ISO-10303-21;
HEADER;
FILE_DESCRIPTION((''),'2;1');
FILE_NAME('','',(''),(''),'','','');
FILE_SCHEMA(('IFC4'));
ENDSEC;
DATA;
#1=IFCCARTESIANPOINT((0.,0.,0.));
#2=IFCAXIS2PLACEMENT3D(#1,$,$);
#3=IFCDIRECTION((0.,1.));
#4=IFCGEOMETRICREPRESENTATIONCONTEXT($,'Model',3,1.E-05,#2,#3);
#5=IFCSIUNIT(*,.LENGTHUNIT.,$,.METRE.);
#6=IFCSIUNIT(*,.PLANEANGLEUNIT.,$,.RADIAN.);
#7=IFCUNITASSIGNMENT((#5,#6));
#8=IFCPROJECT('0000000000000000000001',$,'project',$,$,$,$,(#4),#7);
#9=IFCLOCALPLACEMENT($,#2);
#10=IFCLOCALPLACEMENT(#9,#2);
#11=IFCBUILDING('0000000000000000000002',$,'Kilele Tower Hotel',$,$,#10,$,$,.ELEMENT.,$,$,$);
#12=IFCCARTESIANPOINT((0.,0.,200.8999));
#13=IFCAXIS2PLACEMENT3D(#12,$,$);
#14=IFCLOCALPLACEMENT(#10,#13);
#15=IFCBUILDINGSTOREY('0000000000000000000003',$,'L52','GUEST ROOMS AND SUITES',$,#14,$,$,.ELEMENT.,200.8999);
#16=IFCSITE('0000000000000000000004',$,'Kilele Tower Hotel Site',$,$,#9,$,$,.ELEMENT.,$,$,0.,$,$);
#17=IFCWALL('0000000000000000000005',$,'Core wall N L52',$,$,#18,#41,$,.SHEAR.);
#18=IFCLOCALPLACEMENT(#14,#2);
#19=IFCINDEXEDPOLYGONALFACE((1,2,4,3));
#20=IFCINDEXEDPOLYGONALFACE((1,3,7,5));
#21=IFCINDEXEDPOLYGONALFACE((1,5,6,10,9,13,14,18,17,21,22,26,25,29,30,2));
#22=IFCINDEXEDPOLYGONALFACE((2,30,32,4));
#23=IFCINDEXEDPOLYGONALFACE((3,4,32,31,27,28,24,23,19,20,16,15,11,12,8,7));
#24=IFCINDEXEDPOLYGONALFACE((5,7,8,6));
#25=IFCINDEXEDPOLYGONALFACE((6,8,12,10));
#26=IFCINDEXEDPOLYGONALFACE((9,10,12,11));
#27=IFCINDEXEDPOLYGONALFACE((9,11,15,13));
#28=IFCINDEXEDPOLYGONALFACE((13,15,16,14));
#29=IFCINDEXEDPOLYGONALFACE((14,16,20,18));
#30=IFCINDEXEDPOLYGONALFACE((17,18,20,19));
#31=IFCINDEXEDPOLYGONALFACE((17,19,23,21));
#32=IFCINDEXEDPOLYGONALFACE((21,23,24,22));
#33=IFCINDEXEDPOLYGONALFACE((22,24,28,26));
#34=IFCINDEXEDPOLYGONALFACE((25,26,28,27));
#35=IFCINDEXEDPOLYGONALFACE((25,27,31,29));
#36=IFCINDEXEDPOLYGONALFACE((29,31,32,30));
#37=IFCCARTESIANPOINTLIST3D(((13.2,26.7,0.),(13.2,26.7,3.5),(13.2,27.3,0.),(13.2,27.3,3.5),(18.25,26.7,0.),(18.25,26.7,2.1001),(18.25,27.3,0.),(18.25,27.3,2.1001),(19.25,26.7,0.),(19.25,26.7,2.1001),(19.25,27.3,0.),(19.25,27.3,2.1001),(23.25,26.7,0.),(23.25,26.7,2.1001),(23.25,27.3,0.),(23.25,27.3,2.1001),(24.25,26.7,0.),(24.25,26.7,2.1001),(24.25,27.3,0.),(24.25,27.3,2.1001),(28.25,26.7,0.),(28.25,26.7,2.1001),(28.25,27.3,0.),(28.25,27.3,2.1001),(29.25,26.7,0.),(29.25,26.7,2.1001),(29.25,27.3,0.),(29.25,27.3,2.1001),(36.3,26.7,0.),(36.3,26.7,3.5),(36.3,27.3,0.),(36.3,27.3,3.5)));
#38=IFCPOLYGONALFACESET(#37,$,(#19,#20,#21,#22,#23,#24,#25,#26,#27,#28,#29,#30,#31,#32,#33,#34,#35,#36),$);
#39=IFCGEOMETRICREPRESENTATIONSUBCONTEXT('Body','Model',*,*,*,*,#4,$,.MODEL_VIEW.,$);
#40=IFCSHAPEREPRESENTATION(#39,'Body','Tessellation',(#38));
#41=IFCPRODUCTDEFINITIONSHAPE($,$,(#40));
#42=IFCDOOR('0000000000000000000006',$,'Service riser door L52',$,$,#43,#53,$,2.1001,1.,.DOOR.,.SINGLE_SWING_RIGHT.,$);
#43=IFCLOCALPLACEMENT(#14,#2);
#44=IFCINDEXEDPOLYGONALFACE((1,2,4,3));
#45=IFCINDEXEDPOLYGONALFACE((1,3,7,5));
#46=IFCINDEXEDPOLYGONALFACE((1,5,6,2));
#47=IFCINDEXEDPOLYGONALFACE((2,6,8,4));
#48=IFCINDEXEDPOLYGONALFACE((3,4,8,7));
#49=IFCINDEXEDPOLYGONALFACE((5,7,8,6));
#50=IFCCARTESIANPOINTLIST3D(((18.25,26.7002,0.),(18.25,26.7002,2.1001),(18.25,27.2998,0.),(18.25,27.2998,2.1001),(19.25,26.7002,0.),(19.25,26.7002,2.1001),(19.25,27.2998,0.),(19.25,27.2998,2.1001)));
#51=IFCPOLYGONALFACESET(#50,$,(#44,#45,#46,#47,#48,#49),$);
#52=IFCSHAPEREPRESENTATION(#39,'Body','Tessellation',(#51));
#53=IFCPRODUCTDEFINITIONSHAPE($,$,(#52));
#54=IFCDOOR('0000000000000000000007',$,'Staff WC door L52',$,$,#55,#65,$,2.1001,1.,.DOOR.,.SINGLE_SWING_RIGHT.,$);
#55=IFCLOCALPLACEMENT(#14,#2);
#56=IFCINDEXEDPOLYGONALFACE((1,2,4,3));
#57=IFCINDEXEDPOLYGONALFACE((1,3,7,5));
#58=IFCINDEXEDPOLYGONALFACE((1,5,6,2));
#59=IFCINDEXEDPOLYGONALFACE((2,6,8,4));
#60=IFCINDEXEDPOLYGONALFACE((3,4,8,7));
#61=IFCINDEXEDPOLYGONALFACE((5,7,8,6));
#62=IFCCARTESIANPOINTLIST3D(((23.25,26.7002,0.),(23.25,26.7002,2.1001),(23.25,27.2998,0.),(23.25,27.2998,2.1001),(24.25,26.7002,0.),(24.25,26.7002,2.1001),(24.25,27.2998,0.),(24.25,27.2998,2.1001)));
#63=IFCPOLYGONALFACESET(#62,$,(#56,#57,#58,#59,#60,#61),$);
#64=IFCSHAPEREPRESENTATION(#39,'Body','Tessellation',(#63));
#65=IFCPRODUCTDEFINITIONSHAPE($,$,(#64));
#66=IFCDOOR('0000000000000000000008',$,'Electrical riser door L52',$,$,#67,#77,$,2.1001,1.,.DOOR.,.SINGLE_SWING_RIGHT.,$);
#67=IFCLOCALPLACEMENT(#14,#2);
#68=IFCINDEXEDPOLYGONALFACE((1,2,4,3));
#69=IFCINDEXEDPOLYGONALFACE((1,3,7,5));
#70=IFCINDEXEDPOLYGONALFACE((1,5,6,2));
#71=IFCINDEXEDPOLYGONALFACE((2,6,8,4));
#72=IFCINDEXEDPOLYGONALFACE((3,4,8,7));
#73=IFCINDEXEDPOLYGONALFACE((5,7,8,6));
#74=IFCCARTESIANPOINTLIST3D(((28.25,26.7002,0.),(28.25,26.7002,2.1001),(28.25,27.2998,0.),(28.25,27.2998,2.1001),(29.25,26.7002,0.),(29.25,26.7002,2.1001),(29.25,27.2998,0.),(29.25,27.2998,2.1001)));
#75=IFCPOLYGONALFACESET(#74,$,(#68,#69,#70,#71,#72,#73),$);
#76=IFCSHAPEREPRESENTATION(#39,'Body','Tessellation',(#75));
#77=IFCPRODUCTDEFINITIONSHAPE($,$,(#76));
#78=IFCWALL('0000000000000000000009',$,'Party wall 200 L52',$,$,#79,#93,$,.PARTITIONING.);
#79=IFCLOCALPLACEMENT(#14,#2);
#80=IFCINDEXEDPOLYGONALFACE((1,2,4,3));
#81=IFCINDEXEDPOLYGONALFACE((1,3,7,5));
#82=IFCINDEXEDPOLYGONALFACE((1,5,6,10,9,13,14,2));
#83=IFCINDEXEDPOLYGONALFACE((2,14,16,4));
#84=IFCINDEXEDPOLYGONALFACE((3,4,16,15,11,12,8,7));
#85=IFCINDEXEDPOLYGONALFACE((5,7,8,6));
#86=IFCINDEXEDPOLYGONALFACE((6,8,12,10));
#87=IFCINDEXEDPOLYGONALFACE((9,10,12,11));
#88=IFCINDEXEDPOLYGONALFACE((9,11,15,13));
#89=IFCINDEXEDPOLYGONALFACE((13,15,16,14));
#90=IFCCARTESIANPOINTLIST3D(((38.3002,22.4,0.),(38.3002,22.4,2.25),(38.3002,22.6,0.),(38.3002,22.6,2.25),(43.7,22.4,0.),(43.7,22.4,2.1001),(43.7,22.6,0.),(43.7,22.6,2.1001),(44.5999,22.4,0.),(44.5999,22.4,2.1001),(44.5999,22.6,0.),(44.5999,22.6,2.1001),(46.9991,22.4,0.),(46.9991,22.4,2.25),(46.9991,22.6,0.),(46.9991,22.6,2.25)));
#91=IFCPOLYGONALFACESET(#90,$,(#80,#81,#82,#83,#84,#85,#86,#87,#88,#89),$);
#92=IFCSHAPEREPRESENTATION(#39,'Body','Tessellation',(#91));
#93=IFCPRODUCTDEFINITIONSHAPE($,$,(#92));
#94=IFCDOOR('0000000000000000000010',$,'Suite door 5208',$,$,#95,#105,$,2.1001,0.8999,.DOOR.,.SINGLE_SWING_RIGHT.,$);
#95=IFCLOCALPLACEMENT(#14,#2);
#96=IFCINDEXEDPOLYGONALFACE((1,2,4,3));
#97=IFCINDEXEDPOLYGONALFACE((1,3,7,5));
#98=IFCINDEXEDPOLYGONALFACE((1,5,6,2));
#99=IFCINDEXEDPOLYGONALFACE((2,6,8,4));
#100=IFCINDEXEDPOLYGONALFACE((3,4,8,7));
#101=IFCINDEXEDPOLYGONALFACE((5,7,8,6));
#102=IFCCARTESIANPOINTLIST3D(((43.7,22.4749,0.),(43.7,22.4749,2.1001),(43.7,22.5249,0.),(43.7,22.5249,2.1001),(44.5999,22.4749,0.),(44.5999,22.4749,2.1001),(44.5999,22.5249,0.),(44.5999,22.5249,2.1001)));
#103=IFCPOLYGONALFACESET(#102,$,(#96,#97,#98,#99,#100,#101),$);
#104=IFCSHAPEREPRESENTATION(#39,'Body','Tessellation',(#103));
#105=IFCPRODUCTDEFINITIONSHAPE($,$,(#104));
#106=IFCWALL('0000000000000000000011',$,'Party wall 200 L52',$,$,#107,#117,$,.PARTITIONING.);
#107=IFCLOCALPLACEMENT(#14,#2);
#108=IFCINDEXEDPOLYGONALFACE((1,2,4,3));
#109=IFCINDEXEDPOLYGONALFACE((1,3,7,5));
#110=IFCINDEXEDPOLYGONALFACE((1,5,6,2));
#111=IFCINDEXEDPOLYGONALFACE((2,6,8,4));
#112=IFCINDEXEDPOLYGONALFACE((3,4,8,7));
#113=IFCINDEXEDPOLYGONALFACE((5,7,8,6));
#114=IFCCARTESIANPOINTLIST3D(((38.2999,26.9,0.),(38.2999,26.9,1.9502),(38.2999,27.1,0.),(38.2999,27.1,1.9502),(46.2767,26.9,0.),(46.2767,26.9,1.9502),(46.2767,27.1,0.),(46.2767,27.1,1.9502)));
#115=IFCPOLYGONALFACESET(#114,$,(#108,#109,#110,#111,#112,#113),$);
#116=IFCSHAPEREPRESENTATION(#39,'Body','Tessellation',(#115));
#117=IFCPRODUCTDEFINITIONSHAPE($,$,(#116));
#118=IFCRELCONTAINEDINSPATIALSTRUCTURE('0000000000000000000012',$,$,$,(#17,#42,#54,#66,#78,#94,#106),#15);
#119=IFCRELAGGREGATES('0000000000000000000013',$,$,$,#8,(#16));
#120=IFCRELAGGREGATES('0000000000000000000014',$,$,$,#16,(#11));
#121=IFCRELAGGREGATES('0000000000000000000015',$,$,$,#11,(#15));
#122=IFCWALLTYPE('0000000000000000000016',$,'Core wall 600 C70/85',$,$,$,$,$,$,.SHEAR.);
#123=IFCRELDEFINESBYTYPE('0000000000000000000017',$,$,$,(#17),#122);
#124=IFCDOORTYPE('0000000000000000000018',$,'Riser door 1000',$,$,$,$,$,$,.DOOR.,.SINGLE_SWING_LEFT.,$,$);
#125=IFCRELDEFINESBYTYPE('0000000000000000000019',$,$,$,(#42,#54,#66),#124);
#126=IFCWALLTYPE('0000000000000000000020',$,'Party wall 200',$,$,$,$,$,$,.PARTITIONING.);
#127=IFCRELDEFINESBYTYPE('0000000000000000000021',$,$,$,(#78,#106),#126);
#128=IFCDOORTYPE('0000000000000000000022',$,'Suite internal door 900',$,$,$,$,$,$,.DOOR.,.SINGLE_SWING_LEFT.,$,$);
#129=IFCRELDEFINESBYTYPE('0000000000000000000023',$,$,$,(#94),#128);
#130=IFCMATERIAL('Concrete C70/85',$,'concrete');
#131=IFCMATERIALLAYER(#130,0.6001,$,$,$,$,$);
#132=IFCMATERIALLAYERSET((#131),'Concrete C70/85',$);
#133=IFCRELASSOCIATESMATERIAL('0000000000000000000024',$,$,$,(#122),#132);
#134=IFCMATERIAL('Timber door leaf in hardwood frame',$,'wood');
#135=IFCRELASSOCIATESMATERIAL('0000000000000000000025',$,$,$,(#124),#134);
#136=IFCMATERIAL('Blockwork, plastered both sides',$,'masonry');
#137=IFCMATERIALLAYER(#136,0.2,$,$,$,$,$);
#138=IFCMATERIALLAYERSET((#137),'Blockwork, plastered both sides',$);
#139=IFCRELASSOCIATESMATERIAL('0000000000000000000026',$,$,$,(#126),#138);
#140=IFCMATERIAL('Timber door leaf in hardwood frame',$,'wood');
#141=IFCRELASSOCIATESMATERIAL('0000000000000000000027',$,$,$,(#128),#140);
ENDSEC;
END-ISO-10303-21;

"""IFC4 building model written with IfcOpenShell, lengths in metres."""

from ifc_helpers import new_model, si_unit, direction, frame, frame_2d, origin, place, context, subcontext, project, spatial, rectangle, extrude, material, layer, layer_set, type_object, element, fill, save


model = new_model("IFC4")

# Units and contexts
model_context = context("Model", 3, precision=1e-05, world=origin(), true_north=direction((0.0, 1.0)))
body_context = subcontext(model_context, "Body", "Model", "MODEL_VIEW")
ifc_project = project(units=[si_unit("LENGTHUNIT", "METRE"), si_unit("PLANEANGLEUNIT", "RADIAN")], contexts=[model_context])

# Site, building, storey
site_placement = place(None, origin())
site = spatial("IfcSite", under=ifc_project, at=site_placement, Name="Kilele Tower Hotel Site", CompositionType="ELEMENT", RefElevation=0.0)
building_placement = place(site_placement, origin())
building = spatial("IfcBuilding", under=site, at=building_placement, Name="Kilele Tower Hotel", CompositionType="ELEMENT")
storey_placement = place(building_placement, frame((0.0, 0.0, 200.8999)))
storey = spatial("IfcBuildingStorey", under=building, at=storey_placement, Name="L52", Description="GUEST ROOMS AND SUITES", CompositionType="ELEMENT", Elevation=200.8999)

# Wall, openings, doors
ifc_material_1 = material(Name="Concrete C70/85", Category="concrete")
ifc_layer_1 = layer(ifc_material_1, 0.6001)
ifc_layer_set_1 = layer_set([ifc_layer_1], Name="Concrete C70/85")
wall_type_1 = type_object("IfcWallType", Name="Core wall 600 C70/85", PredefinedType="SHEAR", material=ifc_layer_set_1)
wall_1_placement = place(storey_placement, frame((36.3, 27.0, 0.0), z_axis=(0.0, 0.0, 1.0), x_axis=(-1.0, 0.0, 0.0)))
wall_1 = element("IfcWall", 1, at=wall_1_placement, inside=storey, type_object=wall_type_1, Name="Core wall N L52", PredefinedType="SHEAR", context=body_context, shape_type="SweptSolid", body=[
    extrude(rectangle(XDim=23.1001, YDim=0.6001, at=frame_2d((11.55, 0.0))), origin(), (0.0, 0.0, 1.0), 3.5),
])
opening_1_placement = place(wall_1_placement, frame((17.05, 0.0, 0.0)))
opening_1 = element("IfcOpeningElement", 2, at=opening_1_placement, cuts=wall_1, PredefinedType="OPENING", context=body_context, shape_type="SweptSolid", body=[
    extrude(rectangle(XDim=1.0, YDim=2.1001, at=frame_2d((0.5, 1.05))), frame((0.0, 0.3101, 0.0), z_axis=(0.0, -1.0, 0.0), x_axis=(1.0, 0.0, 0.0)), (0.0, 0.0, 1.0), 0.6201),
])
opening_2_placement = place(wall_1_placement, frame((12.05, 0.0, 0.0)))
opening_2 = element("IfcOpeningElement", 3, at=opening_2_placement, cuts=wall_1, PredefinedType="OPENING", context=body_context, shape_type="SweptSolid", body=[
    extrude(rectangle(XDim=1.0, YDim=2.1001, at=frame_2d((0.5, 1.05))), frame((0.0, 0.3101, 0.0), z_axis=(0.0, -1.0, 0.0), x_axis=(1.0, 0.0, 0.0)), (0.0, 0.0, 1.0), 0.6201),
])
opening_3_placement = place(wall_1_placement, frame((7.05, 0.0, 0.0)))
opening_3 = element("IfcOpeningElement", 4, at=opening_3_placement, cuts=wall_1, PredefinedType="OPENING", context=body_context, shape_type="SweptSolid", body=[
    extrude(rectangle(XDim=1.0, YDim=2.1001, at=frame_2d((0.5, 1.05))), frame((0.0, 0.3101, 0.0), z_axis=(0.0, -1.0, 0.0), x_axis=(1.0, 0.0, 0.0)), (0.0, 0.0, 1.0), 0.6201),
])
ifc_material_2 = material(Name="Timber door leaf in hardwood frame", Category="wood")
door_type_1 = type_object("IfcDoorType", Name="Riser door 1000", OperationType="SINGLE_SWING_LEFT", PredefinedType="DOOR", material=ifc_material_2)
door_1_placement = place(opening_1_placement, origin())
door_1 = element("IfcDoor", 5, at=door_1_placement, inside=storey, type_object=door_type_1, Name="Service riser door L52", OperationType="SINGLE_SWING_RIGHT", OverallHeight=2.1001, OverallWidth=1.0, PredefinedType="DOOR", context=body_context, shape_type="SweptSolid", body=[
    extrude(rectangle(XDim=1.0, YDim=2.1001, at=frame_2d((0.5, 1.05))), frame((0.0, 0.2998, 0.0), z_axis=(0.0, -1.0, 0.0), x_axis=(1.0, 0.0, 0.0)), (0.0, 0.0, 1.0), 0.5996),
])
fill(opening_1, door_1)
door_2_placement = place(opening_2_placement, origin())
door_2 = element("IfcDoor", 6, at=door_2_placement, inside=storey, type_object=door_type_1, Name="Staff WC door L52", OperationType="SINGLE_SWING_RIGHT", OverallHeight=2.1001, OverallWidth=1.0, PredefinedType="DOOR", context=body_context, shape_type="SweptSolid", body=[
    extrude(rectangle(XDim=1.0, YDim=2.1001, at=frame_2d((0.5, 1.05))), frame((0.0, 0.2998, 0.0), z_axis=(0.0, -1.0, 0.0), x_axis=(1.0, 0.0, 0.0)), (0.0, 0.0, 1.0), 0.5996),
])
fill(opening_2, door_2)
door_3_placement = place(opening_3_placement, origin())
door_3 = element("IfcDoor", 7, at=door_3_placement, inside=storey, type_object=door_type_1, Name="Electrical riser door L52", OperationType="SINGLE_SWING_RIGHT", OverallHeight=2.1001, OverallWidth=1.0, PredefinedType="DOOR", context=body_context, shape_type="SweptSolid", body=[
    extrude(rectangle(XDim=1.0, YDim=2.1001, at=frame_2d((0.5, 1.05))), frame((0.0, 0.2998, 0.0), z_axis=(0.0, -1.0, 0.0), x_axis=(1.0, 0.0, 0.0)), (0.0, 0.0, 1.0), 0.5996),
])
fill(opening_3, door_3)

# Wall, opening, door
ifc_material_3 = material(Name="Blockwork, plastered both sides", Category="masonry")
ifc_layer_2 = layer(ifc_material_3, 0.2)
ifc_layer_set_2 = layer_set([ifc_layer_2], Name="Blockwork, plastered both sides")
wall_type_2 = type_object("IfcWallType", Name="Party wall 200", PredefinedType="PARTITIONING", material=ifc_layer_set_2)
wall_2_placement = place(storey_placement, frame((38.3, 22.5, 0.0), z_axis=(0.0, 0.0, 1.0), x_axis=(1.0, 0.0, 0.0)))
wall_2 = element("IfcWall", 8, at=wall_2_placement, inside=storey, type_object=wall_type_2, Name="Party wall 200 L52", PredefinedType="PARTITIONING", context=body_context, shape_type="SweptSolid", body=[
    extrude(rectangle(XDim=8.699, YDim=0.2, at=frame_2d((4.3496, 0.0))), origin(), (0.0, 0.0, 1.0), 2.25),
])
opening_4_placement = place(wall_2_placement, frame((5.3999, 0.0, 0.0)))
opening_4 = element("IfcOpeningElement", 9, at=opening_4_placement, cuts=wall_2, PredefinedType="OPENING", context=body_context, shape_type="SweptSolid", body=[
    extrude(rectangle(XDim=0.8999, YDim=2.1001, at=frame_2d((0.45, 1.05))), frame((0.0, 0.1099, 0.0), z_axis=(0.0, -1.0, 0.0), x_axis=(1.0, 0.0, 0.0)), (0.0, 0.0, 1.0), 0.22),
])
ifc_material_4 = material(Name="Timber door leaf in hardwood frame", Category="wood")
door_type_2 = type_object("IfcDoorType", Name="Suite internal door 900", OperationType="SINGLE_SWING_LEFT", PredefinedType="DOOR", material=ifc_material_4)
door_4_placement = place(opening_4_placement, origin())
door_4 = element("IfcDoor", 10, at=door_4_placement, inside=storey, type_object=door_type_2, Name="Suite door 5208", OperationType="SINGLE_SWING_RIGHT", OverallHeight=2.1001, OverallWidth=0.8999, PredefinedType="DOOR", context=body_context, shape_type="SweptSolid", body=[
    extrude(rectangle(XDim=0.8999, YDim=2.1001, at=frame_2d((0.45, 1.05))), frame((0.0, 0.0249, 0.0), z_axis=(0.0, -1.0, 0.0), x_axis=(1.0, 0.0, 0.0)), (0.0, 0.0, 1.0), 0.05),
])
fill(opening_4, door_4)

# Wall
wall_3_placement = place(storey_placement, frame((38.3, 27.0, 0.0), z_axis=(0.0, 0.0, 1.0), x_axis=(1.0, 0.0, 0.0)))
element("IfcWall", 11, at=wall_3_placement, inside=storey, type_object=wall_type_2, Name="Party wall 200 L52", PredefinedType="PARTITIONING", context=body_context, shape_type="SweptSolid", body=[
    extrude(rectangle(XDim=7.9768, YDim=0.2, at=frame_2d((3.9883, 0.0))), origin(), (0.0, 0.0, 1.0), 1.9502),
])

save(model, "model.ifc")
